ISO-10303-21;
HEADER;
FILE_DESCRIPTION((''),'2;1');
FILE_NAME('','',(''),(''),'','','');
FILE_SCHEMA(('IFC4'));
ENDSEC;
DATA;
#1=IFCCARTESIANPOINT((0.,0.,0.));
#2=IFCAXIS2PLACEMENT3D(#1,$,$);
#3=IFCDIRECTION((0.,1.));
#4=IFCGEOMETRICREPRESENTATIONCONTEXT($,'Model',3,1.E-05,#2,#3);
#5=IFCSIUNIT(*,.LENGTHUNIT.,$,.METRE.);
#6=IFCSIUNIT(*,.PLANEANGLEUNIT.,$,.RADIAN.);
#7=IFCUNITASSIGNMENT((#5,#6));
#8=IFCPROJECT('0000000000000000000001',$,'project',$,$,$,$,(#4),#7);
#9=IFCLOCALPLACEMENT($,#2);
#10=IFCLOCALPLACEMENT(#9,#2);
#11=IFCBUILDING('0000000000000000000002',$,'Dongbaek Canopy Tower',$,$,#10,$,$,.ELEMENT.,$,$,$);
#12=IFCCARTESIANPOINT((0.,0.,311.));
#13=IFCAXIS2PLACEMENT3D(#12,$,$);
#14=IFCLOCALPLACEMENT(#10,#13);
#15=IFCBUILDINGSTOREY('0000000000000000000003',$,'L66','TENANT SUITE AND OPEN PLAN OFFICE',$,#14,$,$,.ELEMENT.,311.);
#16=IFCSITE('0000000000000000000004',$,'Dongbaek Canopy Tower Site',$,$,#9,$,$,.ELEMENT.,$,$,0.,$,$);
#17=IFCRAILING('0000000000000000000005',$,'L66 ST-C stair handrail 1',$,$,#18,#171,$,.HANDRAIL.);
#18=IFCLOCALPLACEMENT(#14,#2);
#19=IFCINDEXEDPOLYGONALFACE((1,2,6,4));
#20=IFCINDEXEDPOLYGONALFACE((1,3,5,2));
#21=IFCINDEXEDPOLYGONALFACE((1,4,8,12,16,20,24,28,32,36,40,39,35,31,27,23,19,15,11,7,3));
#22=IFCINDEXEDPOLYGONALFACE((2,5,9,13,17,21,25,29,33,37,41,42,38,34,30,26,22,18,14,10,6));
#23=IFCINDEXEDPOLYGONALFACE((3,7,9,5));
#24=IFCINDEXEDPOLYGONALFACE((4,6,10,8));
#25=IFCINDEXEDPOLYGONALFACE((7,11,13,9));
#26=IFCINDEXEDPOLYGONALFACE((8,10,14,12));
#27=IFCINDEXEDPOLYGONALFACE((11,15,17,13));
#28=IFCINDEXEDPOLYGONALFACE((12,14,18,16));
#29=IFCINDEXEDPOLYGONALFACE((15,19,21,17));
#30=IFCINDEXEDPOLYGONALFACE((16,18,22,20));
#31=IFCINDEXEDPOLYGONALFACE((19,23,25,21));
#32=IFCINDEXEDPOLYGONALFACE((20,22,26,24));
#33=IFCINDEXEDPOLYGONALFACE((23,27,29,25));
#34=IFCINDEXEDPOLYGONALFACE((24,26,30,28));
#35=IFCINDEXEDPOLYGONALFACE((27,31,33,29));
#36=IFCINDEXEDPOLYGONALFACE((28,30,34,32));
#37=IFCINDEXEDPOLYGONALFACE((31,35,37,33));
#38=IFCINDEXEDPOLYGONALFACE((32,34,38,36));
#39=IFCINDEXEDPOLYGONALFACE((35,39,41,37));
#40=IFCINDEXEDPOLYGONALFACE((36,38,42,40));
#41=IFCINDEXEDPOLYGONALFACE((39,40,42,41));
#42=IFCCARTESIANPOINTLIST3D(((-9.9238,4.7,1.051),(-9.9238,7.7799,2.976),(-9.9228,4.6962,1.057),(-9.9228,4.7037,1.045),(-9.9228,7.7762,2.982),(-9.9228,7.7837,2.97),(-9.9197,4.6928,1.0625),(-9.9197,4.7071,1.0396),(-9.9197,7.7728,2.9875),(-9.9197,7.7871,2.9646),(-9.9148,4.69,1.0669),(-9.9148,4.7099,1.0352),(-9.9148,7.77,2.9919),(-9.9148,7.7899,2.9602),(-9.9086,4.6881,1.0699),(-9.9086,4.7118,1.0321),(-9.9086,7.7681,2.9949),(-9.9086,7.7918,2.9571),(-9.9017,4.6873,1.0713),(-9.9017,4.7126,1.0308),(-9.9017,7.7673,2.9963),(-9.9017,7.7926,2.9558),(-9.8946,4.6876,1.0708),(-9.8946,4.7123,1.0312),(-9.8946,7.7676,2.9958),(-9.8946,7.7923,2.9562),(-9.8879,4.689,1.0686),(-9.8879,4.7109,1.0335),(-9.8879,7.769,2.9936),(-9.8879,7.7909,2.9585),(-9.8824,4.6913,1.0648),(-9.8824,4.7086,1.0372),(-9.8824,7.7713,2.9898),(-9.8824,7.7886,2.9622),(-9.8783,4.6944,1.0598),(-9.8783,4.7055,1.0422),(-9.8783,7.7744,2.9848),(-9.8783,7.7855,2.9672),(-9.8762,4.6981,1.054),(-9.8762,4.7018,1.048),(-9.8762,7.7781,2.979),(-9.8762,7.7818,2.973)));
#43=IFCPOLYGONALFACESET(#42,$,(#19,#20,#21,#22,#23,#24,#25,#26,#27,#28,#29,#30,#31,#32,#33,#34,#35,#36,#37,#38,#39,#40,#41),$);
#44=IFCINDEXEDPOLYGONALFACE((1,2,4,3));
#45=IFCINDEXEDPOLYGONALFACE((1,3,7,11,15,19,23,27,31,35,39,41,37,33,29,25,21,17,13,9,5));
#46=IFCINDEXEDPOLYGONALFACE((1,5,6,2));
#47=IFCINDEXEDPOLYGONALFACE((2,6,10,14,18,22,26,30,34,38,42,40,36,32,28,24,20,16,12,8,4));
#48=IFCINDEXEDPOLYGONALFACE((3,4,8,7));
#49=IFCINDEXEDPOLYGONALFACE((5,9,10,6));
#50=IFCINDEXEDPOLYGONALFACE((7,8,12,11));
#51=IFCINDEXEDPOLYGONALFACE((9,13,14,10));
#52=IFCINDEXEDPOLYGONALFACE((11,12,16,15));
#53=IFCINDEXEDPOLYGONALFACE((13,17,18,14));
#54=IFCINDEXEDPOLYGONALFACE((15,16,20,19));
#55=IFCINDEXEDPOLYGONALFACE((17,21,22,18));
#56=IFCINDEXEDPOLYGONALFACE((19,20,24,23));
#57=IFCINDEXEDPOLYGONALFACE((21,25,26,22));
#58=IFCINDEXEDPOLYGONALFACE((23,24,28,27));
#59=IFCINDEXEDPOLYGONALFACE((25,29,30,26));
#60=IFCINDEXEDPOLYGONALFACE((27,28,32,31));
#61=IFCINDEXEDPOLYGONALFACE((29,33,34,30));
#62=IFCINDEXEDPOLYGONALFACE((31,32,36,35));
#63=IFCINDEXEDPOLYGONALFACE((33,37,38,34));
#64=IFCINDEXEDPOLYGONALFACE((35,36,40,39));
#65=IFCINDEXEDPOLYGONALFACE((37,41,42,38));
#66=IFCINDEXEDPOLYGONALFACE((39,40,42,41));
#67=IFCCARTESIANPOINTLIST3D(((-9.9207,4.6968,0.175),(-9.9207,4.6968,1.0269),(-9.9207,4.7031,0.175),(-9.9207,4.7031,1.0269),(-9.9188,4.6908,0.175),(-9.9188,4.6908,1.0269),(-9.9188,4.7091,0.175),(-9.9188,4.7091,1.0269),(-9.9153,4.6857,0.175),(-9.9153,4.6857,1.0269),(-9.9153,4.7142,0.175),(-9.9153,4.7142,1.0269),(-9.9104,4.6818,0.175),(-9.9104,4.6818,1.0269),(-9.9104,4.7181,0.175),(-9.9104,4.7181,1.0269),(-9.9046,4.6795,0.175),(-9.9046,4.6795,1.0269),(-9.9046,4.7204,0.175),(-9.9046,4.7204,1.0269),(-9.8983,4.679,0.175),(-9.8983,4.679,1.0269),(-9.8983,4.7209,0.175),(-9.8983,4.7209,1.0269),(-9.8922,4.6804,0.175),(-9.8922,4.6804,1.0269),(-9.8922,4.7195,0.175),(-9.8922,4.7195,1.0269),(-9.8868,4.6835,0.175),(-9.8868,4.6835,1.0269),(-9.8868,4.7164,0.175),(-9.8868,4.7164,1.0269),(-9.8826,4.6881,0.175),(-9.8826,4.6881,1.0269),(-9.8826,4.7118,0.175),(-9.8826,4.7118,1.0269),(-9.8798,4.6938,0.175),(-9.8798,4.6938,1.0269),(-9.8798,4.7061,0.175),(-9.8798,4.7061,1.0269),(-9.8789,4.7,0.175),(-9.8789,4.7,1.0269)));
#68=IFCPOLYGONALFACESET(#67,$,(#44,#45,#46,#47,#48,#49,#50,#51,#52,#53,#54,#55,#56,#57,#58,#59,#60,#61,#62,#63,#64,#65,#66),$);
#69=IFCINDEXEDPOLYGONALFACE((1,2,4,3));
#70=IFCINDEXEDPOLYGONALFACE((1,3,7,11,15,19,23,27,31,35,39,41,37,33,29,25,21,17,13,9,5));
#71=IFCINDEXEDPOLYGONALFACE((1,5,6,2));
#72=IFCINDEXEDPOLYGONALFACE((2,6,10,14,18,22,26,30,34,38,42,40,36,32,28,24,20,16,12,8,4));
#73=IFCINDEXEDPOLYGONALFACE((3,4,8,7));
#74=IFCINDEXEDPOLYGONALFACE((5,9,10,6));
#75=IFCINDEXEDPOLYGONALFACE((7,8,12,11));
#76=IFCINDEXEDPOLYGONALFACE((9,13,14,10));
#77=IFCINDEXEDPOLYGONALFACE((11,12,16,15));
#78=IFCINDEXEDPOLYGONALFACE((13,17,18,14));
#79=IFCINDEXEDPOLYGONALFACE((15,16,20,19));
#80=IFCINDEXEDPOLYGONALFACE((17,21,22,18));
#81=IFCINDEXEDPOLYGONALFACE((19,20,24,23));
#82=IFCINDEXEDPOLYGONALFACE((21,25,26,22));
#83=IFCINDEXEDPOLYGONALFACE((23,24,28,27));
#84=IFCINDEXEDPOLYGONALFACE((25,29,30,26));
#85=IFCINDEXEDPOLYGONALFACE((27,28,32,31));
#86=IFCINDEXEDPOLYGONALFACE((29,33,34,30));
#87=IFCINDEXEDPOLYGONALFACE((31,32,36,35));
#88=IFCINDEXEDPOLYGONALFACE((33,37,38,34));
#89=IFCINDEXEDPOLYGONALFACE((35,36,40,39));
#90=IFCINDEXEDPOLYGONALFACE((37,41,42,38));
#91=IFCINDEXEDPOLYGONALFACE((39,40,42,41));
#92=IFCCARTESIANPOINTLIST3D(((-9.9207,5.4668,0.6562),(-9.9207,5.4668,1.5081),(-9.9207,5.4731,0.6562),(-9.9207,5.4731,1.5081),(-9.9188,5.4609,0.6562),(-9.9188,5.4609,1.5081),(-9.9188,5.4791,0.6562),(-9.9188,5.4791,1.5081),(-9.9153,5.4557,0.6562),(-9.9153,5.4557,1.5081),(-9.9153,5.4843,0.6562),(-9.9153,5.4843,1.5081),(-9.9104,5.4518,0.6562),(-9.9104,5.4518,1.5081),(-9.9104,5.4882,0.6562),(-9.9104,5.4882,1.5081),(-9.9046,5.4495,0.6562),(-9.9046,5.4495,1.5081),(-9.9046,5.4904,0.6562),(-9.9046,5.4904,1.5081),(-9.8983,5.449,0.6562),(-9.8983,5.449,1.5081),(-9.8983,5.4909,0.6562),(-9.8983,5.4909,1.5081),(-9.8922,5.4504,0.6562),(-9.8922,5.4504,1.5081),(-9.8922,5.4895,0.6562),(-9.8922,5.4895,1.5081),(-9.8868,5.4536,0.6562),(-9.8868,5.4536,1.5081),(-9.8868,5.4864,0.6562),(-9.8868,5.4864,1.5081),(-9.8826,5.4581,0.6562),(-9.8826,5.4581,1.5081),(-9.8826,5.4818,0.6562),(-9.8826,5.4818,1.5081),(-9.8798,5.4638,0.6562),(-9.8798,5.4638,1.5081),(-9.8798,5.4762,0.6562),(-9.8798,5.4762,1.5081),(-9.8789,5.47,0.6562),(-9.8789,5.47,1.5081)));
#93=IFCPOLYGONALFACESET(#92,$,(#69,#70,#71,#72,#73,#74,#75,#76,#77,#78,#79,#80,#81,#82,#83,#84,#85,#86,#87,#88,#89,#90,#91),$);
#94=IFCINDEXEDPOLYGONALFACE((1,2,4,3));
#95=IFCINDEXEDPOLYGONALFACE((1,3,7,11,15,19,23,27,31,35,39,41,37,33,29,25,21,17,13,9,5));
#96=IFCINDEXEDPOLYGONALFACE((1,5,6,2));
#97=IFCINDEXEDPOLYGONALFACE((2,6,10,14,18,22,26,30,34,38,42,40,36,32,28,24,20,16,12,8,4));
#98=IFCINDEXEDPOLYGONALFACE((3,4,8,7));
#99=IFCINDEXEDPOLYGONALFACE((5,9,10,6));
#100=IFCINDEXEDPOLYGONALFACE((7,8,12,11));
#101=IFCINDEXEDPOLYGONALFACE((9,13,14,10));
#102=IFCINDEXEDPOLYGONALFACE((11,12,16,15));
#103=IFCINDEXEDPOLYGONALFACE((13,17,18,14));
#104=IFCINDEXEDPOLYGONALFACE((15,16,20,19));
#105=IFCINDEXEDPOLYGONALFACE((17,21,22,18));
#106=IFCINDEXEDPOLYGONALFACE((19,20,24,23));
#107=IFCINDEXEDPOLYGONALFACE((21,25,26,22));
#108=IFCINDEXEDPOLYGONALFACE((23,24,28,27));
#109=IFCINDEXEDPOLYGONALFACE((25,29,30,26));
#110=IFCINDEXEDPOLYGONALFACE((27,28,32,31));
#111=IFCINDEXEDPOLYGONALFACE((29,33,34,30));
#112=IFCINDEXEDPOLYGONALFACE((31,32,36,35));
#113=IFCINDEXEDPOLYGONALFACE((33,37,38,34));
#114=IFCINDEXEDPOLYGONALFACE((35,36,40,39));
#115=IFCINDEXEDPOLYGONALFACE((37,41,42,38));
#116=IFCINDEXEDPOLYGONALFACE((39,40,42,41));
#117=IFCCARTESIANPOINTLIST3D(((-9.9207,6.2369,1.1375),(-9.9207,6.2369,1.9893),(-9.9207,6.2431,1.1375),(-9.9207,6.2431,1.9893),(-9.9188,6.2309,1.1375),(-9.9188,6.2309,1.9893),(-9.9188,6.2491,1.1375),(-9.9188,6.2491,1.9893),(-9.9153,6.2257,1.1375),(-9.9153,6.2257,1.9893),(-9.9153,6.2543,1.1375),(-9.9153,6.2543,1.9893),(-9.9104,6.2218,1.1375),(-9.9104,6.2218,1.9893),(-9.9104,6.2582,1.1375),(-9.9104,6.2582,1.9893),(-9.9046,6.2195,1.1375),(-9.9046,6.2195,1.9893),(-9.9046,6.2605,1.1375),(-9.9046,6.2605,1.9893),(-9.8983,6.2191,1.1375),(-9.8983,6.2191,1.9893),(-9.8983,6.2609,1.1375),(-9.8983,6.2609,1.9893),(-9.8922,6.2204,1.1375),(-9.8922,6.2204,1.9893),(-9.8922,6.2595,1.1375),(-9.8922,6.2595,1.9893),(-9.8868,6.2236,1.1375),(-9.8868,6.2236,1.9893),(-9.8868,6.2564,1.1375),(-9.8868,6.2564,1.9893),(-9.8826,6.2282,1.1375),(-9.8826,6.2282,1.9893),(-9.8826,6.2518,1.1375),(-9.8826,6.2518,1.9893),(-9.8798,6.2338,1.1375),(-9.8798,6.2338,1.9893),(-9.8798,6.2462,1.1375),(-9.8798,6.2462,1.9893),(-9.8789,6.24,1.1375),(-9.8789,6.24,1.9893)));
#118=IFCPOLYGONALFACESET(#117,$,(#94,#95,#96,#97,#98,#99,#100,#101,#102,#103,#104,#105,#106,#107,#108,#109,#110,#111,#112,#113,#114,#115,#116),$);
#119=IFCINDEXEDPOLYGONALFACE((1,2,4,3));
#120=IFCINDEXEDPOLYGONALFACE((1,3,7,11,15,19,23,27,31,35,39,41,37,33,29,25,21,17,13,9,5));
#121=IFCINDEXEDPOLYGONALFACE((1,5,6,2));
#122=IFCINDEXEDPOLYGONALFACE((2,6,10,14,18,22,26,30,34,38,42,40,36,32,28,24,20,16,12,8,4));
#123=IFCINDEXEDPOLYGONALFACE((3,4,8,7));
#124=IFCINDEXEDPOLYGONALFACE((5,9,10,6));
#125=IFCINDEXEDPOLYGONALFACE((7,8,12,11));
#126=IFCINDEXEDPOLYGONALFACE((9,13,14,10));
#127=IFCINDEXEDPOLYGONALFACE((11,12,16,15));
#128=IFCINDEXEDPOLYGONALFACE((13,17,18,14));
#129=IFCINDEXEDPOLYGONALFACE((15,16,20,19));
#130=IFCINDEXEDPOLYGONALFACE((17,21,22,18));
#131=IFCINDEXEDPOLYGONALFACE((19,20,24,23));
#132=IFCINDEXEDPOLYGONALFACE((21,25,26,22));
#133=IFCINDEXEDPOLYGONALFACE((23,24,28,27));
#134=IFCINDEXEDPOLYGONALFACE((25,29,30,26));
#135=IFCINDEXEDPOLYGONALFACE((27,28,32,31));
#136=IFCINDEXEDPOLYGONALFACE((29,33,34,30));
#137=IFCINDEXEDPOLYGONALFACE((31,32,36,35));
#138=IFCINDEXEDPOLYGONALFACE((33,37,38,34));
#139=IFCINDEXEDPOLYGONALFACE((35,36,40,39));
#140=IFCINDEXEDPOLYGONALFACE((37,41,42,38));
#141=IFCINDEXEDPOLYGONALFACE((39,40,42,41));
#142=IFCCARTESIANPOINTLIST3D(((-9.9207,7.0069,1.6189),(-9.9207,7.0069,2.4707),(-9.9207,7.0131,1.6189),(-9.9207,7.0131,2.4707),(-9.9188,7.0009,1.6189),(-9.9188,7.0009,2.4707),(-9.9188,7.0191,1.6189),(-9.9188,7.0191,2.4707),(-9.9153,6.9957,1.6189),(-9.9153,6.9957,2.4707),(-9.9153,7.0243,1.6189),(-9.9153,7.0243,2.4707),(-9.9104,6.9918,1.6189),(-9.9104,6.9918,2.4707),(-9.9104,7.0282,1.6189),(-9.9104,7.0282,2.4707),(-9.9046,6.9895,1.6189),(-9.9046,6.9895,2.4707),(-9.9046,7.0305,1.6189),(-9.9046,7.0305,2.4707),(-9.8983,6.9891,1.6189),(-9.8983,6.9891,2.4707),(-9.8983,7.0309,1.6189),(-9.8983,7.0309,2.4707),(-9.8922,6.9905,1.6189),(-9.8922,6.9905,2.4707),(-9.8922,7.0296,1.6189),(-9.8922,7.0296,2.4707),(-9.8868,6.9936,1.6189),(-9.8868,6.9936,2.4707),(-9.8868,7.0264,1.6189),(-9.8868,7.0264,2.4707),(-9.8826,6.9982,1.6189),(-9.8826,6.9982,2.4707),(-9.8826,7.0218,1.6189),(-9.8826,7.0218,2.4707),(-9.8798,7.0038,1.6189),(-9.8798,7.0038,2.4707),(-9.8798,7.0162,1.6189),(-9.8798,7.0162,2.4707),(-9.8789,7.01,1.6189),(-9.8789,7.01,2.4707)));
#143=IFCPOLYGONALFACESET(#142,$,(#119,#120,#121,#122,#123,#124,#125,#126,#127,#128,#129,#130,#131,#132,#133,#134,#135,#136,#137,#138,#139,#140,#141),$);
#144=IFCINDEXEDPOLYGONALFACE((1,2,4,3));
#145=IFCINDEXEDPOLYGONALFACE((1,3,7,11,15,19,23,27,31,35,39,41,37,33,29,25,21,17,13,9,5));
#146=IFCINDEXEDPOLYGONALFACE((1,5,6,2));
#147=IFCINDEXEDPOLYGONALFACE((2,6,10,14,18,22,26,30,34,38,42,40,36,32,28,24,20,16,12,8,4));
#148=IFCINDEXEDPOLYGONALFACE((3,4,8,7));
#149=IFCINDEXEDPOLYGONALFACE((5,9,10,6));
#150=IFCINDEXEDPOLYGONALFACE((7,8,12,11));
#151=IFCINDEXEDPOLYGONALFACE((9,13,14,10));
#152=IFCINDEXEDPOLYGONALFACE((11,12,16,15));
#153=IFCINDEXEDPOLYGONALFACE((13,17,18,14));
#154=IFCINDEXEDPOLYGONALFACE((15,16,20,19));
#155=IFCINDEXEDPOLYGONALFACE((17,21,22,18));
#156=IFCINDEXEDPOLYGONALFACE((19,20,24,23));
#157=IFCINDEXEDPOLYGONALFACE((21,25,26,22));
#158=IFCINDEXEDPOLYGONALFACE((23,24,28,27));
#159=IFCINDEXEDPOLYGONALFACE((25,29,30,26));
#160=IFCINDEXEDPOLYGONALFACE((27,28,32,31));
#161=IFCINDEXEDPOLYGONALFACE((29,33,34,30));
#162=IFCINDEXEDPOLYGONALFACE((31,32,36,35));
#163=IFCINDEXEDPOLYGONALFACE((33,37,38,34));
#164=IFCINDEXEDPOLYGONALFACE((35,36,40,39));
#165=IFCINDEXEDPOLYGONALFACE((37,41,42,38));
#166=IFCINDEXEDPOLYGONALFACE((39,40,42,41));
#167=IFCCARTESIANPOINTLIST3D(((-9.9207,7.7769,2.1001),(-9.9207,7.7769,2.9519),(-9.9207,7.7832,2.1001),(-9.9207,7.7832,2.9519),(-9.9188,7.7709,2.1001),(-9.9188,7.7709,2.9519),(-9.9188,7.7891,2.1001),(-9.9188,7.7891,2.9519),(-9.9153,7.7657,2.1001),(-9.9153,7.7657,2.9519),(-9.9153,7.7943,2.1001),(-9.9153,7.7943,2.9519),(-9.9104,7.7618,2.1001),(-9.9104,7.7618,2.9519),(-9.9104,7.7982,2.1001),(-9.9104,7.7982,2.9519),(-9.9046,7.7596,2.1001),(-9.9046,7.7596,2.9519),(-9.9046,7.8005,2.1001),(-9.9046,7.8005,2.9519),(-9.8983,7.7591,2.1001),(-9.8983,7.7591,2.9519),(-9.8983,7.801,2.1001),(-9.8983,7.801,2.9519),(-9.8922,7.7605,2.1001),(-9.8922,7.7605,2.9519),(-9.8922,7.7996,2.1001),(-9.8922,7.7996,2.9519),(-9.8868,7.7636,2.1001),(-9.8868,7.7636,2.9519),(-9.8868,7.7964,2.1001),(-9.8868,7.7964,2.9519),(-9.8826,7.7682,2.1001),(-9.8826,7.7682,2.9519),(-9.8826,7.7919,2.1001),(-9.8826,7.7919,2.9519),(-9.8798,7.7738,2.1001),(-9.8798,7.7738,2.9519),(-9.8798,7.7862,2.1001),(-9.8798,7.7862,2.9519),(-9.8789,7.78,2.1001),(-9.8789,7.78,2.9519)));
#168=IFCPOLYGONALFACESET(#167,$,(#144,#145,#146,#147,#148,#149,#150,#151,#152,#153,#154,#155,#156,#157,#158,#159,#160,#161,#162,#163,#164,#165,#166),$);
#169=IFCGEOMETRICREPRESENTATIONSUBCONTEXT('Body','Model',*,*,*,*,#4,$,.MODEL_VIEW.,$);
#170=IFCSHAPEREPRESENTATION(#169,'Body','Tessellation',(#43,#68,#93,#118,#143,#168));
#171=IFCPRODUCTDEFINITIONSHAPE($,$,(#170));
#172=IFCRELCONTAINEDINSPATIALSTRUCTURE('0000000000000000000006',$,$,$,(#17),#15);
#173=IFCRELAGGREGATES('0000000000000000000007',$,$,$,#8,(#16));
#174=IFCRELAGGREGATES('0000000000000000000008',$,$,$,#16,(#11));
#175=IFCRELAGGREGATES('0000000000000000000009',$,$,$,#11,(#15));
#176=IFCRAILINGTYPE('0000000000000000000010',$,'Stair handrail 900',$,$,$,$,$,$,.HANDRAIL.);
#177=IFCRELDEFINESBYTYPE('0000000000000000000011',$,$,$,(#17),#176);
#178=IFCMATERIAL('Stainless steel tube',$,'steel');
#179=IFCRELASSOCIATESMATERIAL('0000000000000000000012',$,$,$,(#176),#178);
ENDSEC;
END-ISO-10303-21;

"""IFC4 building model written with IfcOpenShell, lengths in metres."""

from ifc_helpers import new_model, si_unit, direction, frame, origin, origin_2d, place, context, subcontext, project, spatial, circle, extrude, material, type_object, element, save


model = new_model("IFC4")

# Units and contexts
model_context = context("Model", 3, precision=1e-05, world=origin(), true_north=direction((0.0, 1.0)))
body_context = subcontext(model_context, "Body", "Model", "MODEL_VIEW")
ifc_project = project(units=[si_unit("LENGTHUNIT", "METRE"), si_unit("PLANEANGLEUNIT", "RADIAN")], contexts=[model_context])

# Site, building, storey
site_placement = place(None, origin())
site = spatial("IfcSite", under=ifc_project, at=site_placement, Name="Dongbaek Canopy Tower Site", CompositionType="ELEMENT", RefElevation=0.0)
building_placement = place(site_placement, origin())
building = spatial("IfcBuilding", under=site, at=building_placement, Name="Dongbaek Canopy Tower", CompositionType="ELEMENT")
storey_placement = place(building_placement, frame((0.0, 0.0, 311.0)))
storey = spatial("IfcBuildingStorey", under=building, at=storey_placement, Name="L66", Description="TENANT SUITE AND OPEN PLAN OFFICE", CompositionType="ELEMENT", Elevation=311.0)

# Railing
ifc_material_1 = material(Name="Stainless steel tube", Category="steel")
railing_type_1 = type_object("IfcRailingType", Name="Stair handrail 900", PredefinedType="HANDRAIL", material=ifc_material_1)
railing_1_placement = place(storey_placement, frame((-9.8999, 4.7, 0.175)))
element("IfcRailing", 1, at=railing_1_placement, inside=storey, type_object=railing_type_1, Name="L66 ST-C stair handrail 1", PredefinedType="HANDRAIL", context=body_context, shape_type="SweptSolid", body=[
    extrude(circle(Radius=0.0239, at=origin_2d()), frame((0.0, 0.0, 0.876), z_axis=(0.0, 0.847998, 0.529999), x_axis=(-1.0, 0.0, 0.0)), (0.0, 0.0, 1.0), 3.6321),
    extrude(circle(Radius=0.021, at=origin_2d()), origin(), (0.0, 0.0, 1.0), 0.8518),
    extrude(circle(Radius=0.021, at=origin_2d()), frame((0.0, 0.77, 0.4812)), (0.0, 0.0, 1.0), 0.8518),
    extrude(circle(Radius=0.021, at=origin_2d()), frame((0.0, 1.54, 0.9624)), (0.0, 0.0, 1.0), 0.8518),
    extrude(circle(Radius=0.021, at=origin_2d()), frame((0.0, 2.3101, 1.4438)), (0.0, 0.0, 1.0), 0.8518),
    extrude(circle(Radius=0.021, at=origin_2d()), frame((0.0, 3.0801, 1.925)), (0.0, 0.0, 1.0), 0.8518),
])

save(model, "model.ifc")
